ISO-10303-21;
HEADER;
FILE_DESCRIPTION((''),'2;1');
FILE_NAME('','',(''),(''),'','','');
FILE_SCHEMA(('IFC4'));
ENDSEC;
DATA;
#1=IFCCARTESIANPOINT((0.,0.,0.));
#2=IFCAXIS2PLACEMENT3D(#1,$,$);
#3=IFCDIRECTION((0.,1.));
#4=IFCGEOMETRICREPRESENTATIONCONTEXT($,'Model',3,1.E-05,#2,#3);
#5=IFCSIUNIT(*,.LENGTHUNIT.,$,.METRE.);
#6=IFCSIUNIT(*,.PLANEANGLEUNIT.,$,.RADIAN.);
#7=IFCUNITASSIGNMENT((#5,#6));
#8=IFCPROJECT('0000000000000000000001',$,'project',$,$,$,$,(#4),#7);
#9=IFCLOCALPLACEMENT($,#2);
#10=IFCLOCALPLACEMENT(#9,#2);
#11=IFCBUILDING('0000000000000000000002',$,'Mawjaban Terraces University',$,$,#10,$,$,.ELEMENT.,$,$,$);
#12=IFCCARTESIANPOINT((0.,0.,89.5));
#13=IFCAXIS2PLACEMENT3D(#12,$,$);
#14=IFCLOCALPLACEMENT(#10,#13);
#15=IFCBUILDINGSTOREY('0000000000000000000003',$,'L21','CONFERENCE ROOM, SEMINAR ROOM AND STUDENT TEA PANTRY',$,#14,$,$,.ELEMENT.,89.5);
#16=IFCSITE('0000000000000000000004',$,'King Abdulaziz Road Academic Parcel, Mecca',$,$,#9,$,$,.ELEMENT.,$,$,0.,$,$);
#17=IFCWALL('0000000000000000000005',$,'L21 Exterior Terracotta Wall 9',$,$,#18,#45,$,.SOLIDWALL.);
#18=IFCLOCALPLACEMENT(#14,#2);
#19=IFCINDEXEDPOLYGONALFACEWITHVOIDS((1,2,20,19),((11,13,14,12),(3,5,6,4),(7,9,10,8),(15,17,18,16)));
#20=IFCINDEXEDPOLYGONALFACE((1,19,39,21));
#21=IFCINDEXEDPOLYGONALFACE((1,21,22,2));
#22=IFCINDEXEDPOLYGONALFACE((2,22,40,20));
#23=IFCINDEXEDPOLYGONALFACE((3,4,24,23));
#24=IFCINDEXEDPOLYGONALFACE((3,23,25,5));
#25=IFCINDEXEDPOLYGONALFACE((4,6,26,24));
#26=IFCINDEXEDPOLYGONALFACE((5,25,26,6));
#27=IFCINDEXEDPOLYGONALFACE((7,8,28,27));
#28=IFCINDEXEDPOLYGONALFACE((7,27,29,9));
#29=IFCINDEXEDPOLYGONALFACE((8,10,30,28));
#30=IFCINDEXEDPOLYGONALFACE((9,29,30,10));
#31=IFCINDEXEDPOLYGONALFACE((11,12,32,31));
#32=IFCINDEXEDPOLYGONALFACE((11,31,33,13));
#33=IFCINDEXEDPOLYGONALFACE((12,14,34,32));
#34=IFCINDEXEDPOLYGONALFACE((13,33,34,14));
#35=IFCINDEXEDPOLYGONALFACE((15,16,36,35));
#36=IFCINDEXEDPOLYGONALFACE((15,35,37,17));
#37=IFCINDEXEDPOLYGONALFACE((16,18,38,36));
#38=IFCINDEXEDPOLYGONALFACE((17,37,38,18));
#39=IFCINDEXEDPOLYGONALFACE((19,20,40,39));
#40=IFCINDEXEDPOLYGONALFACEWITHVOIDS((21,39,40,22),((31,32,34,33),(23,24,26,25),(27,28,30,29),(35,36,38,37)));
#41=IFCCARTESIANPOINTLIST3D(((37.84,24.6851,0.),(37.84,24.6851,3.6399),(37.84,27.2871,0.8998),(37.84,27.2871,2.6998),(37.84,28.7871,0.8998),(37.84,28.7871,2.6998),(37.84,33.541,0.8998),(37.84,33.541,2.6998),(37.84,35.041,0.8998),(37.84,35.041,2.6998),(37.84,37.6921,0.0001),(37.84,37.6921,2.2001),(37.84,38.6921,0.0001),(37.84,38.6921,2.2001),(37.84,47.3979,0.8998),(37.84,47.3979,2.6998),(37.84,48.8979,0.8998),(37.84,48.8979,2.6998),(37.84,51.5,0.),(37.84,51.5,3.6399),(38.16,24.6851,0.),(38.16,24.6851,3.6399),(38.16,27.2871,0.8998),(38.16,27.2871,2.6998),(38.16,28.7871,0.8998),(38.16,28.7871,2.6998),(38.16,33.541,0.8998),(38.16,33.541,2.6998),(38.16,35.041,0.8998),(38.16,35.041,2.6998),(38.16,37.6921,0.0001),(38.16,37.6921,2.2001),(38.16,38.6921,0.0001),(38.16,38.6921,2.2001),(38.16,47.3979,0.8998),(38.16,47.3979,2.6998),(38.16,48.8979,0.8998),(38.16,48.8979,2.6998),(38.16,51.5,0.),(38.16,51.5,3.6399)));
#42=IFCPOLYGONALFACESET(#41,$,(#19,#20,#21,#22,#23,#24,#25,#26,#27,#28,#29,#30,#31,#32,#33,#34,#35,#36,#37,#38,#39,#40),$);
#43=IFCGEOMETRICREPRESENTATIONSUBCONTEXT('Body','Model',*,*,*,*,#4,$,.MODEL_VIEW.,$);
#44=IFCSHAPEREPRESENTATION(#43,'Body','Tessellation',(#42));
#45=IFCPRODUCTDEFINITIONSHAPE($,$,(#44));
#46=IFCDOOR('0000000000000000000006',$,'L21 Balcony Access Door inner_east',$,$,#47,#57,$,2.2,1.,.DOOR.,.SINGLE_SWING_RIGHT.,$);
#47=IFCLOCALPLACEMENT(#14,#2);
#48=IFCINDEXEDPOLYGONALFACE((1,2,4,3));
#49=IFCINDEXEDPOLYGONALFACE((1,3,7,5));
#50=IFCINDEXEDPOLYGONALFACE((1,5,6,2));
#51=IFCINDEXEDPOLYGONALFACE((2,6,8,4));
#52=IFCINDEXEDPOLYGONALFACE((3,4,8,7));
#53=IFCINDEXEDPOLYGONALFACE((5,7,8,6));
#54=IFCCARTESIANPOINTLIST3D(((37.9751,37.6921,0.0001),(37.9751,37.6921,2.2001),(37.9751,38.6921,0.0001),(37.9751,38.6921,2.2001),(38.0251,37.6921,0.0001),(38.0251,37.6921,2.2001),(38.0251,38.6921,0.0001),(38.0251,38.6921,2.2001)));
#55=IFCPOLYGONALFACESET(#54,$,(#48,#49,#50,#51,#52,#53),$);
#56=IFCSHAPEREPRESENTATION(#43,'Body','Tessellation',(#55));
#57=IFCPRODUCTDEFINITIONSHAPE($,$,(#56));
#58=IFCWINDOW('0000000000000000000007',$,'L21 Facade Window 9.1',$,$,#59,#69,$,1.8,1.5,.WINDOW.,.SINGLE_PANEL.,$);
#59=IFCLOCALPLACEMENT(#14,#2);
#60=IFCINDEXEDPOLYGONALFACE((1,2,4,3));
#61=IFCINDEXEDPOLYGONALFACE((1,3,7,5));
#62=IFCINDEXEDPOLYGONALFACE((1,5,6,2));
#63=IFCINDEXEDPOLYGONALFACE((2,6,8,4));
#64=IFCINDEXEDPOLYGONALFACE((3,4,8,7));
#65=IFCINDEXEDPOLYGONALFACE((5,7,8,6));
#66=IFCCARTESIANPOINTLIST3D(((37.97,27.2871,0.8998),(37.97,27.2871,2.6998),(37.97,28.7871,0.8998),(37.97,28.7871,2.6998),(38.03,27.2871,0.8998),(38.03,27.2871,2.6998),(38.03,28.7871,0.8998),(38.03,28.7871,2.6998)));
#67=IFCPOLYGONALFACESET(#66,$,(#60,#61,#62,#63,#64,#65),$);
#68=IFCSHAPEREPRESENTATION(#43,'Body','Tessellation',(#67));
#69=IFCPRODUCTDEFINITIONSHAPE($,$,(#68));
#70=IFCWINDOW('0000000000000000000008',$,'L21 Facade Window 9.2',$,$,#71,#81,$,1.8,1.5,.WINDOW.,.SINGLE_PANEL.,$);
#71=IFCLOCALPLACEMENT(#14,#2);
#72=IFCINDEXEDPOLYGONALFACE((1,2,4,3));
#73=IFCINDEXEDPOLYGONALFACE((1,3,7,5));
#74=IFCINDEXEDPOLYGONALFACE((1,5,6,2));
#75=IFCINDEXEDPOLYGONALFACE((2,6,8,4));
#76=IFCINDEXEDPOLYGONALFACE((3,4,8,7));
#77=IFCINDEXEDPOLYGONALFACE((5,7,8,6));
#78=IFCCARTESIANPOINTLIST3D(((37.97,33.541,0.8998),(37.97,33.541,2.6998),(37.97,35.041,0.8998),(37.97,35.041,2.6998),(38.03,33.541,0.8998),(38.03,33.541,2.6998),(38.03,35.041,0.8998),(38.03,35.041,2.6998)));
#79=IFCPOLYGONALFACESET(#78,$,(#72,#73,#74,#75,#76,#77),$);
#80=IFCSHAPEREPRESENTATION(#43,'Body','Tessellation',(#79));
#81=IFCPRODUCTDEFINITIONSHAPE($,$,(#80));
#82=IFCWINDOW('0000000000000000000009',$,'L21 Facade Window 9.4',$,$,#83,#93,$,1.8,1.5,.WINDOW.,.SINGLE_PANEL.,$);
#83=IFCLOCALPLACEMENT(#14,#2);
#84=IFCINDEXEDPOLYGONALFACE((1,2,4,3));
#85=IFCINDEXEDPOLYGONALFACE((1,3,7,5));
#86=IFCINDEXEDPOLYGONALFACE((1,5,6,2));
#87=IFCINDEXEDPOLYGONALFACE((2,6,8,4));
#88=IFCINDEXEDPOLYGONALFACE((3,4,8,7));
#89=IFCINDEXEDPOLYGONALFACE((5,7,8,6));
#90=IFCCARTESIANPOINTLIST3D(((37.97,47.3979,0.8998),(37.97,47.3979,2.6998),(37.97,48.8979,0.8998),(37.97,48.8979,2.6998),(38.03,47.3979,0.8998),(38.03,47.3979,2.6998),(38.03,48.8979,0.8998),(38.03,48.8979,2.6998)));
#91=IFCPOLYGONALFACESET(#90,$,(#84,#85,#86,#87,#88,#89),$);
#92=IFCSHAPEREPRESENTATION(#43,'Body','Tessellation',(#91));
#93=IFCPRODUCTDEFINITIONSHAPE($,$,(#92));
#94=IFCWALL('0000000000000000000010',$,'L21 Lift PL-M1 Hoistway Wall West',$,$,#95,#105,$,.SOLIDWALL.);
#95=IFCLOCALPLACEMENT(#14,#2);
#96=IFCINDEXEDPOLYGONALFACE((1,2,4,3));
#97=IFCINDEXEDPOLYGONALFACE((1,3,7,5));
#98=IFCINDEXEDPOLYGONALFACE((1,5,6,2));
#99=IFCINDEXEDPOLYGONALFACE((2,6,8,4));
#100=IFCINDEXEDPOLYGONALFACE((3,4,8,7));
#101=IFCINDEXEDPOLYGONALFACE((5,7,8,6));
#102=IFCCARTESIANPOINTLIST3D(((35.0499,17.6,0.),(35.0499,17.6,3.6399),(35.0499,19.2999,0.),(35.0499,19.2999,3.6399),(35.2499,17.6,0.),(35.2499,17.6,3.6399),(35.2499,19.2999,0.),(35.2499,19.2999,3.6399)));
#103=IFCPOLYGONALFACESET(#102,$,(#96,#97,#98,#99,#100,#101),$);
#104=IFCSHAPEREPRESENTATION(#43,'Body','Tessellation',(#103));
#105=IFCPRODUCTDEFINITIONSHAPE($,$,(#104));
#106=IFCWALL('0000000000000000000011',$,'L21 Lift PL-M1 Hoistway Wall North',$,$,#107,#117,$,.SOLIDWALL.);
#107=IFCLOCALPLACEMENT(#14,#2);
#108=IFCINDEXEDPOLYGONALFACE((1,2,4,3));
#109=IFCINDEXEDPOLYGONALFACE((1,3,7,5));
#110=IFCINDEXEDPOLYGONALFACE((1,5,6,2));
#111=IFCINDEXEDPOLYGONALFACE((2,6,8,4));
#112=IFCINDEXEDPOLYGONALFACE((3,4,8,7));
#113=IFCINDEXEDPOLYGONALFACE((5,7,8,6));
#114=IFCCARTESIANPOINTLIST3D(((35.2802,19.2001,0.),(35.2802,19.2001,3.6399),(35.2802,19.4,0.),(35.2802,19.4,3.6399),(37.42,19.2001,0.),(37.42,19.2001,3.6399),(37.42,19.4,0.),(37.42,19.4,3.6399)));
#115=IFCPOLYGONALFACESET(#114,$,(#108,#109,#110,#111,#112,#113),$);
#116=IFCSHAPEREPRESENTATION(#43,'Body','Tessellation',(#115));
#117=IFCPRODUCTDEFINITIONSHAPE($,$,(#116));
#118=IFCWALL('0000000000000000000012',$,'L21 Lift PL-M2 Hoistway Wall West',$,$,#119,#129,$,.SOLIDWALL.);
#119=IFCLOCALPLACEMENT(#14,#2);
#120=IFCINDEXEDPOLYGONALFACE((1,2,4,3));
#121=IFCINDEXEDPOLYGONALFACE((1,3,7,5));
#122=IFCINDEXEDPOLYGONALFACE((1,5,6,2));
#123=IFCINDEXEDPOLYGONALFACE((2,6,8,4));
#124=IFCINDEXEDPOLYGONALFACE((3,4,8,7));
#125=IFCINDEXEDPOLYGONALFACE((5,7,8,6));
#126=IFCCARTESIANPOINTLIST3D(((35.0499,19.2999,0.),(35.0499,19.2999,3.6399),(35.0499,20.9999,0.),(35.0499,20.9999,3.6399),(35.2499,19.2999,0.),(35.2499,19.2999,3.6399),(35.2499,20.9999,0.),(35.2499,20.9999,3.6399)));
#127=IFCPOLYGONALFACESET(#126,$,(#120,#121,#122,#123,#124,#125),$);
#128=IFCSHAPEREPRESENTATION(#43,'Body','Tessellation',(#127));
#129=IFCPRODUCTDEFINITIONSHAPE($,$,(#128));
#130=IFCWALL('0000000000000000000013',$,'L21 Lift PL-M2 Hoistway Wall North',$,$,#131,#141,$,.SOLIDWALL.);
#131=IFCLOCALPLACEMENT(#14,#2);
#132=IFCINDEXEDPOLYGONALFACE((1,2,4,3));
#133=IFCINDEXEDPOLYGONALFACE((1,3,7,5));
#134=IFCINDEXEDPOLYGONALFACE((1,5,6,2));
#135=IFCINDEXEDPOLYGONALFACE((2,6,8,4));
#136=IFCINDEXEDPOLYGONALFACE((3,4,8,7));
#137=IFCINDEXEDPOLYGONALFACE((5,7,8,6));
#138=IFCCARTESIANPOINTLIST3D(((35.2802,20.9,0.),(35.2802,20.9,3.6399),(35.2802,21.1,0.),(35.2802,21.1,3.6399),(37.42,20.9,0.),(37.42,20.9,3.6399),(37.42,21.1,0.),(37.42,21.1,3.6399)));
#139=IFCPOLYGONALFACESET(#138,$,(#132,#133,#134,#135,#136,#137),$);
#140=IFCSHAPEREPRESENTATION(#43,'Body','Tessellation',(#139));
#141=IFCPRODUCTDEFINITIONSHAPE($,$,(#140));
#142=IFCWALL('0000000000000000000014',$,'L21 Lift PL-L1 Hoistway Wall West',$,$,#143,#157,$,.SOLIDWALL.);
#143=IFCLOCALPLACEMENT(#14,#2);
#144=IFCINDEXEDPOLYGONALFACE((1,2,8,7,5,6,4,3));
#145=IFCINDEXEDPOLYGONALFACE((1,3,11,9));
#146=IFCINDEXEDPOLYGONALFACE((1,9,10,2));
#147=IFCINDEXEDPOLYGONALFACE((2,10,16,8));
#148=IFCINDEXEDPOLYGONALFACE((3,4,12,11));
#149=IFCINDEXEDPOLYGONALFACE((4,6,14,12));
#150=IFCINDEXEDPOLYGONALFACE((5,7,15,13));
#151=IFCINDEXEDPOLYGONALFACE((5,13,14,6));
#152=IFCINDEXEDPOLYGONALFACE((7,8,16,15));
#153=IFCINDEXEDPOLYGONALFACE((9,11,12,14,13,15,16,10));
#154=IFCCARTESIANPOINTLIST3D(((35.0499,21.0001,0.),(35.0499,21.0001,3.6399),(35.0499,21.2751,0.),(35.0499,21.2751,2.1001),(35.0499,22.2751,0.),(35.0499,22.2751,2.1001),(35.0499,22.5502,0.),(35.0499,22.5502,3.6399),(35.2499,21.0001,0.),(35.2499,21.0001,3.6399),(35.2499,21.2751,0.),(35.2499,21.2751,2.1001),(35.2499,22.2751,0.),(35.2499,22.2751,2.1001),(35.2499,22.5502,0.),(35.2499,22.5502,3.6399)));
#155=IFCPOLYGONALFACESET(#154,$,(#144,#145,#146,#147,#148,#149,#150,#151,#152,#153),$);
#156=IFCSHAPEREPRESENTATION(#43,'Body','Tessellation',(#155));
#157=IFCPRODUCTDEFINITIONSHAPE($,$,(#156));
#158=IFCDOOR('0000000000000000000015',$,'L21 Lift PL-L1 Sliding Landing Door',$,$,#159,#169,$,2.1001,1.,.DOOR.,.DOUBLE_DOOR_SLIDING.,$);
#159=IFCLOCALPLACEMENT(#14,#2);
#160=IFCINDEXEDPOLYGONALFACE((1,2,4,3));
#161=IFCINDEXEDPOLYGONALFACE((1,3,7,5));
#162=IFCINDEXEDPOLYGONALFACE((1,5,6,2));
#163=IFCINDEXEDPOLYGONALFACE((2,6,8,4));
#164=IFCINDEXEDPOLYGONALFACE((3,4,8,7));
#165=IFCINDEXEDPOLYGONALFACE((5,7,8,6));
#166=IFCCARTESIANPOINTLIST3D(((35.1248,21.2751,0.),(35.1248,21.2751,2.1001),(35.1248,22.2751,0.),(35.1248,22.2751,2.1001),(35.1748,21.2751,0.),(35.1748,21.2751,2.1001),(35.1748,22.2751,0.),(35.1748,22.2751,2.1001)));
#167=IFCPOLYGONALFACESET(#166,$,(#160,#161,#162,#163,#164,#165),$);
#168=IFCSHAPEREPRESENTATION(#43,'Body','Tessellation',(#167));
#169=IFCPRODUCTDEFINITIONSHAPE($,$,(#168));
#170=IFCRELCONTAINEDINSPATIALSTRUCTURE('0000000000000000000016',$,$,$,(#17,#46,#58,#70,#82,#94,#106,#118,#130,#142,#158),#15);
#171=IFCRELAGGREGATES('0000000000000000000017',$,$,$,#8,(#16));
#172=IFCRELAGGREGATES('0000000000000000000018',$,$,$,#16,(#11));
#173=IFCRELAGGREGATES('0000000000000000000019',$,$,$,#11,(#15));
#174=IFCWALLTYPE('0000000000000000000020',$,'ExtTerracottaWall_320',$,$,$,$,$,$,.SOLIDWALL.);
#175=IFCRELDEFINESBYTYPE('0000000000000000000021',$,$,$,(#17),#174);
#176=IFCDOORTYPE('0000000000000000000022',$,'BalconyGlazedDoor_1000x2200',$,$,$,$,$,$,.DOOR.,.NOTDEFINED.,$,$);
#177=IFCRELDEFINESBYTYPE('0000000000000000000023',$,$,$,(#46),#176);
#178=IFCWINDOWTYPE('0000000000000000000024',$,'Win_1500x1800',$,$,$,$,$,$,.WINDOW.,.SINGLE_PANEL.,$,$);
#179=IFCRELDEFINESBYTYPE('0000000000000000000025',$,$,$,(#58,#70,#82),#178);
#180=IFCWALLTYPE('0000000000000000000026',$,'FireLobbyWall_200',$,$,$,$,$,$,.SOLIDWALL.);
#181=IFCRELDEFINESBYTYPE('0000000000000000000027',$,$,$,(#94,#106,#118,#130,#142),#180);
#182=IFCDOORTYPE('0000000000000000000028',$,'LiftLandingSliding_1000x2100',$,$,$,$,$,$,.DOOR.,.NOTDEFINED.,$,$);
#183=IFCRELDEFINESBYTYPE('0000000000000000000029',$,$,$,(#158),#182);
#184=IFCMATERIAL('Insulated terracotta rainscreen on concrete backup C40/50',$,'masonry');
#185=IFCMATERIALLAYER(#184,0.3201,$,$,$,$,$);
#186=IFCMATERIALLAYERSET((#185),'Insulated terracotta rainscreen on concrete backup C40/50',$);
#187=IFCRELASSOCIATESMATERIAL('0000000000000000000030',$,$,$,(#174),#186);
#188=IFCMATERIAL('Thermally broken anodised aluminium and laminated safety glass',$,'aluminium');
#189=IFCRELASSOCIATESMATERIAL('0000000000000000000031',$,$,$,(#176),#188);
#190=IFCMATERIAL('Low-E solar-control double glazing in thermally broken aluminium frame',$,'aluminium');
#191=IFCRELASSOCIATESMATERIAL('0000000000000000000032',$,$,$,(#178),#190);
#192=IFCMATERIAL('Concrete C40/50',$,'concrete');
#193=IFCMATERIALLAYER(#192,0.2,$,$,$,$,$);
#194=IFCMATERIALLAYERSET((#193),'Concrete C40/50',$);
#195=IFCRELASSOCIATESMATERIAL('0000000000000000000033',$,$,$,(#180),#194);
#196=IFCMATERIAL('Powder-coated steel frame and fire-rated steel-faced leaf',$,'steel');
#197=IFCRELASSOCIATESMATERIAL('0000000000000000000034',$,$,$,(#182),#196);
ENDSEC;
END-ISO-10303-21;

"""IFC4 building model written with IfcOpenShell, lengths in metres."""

from ifc_helpers import new_model, si_unit, direction, frame, frame_2d, origin, place, context, subcontext, project, spatial, rectangle, extrude, material, layer, layer_set, type_object, element, fill, save


model = new_model("IFC4")

# Units and contexts
model_context = context("Model", 3, precision=1e-05, world=origin(), true_north=direction((0.0, 1.0)))
body_context = subcontext(model_context, "Body", "Model", "MODEL_VIEW")
ifc_project = project(units=[si_unit("LENGTHUNIT", "METRE"), si_unit("PLANEANGLEUNIT", "RADIAN")], contexts=[model_context])

# Site, building, storey
site_placement = place(None, origin())
site = spatial("IfcSite", under=ifc_project, at=site_placement, Name="King Abdulaziz Road Academic Parcel, Mecca", CompositionType="ELEMENT", RefElevation=0.0)
building_placement = place(site_placement, origin())
building = spatial("IfcBuilding", under=site, at=building_placement, Name="Mawjaban Terraces University", CompositionType="ELEMENT")
storey_placement = place(building_placement, frame((0.0, 0.0, 89.5)))
storey = spatial("IfcBuildingStorey", under=building, at=storey_placement, Name="L21", Description="CONFERENCE ROOM, SEMINAR ROOM AND STUDENT TEA PANTRY", CompositionType="ELEMENT", Elevation=89.5)

# Shared definitions
ifc_material_1 = material(Name="Insulated terracotta rainscreen on concrete backup C40/50", Category="masonry")
ifc_layer_1 = layer(ifc_material_1, 0.3201)
ifc_layer_set_1 = layer_set([ifc_layer_1], Name="Insulated terracotta rainscreen on concrete backup C40/50")
wall_type_1 = type_object("IfcWallType", Name="ExtTerracottaWall_320", PredefinedType="SOLIDWALL", material=ifc_layer_set_1)

# Shared definitions
ifc_material_2 = material(Name="Low-E solar-control double glazing in thermally broken aluminium frame", Category="aluminium")

# Wall, openings, door, windows
wall_1_placement = place(storey_placement, frame((38.0, 24.6851, 0.0), z_axis=(0.0, 0.0, 1.0), x_axis=(0.0, 1.0, 0.0)))
wall_1 = element("IfcWall", 1, at=wall_1_placement, inside=storey, type_object=wall_type_1, Name="L21 Exterior Terracotta Wall 9", PredefinedType="SOLIDWALL", context=body_context, shape_type="SweptSolid", body=[
    extrude(rectangle(XDim=26.8149, YDim=0.3201, at=frame_2d((13.4075, 0.0))), origin(), (0.0, 0.0, 1.0), 3.6399),
])
opening_1_placement = place(wall_1_placement, frame((13.0071, 0.0, 0.0)))
opening_1 = element("IfcOpeningElement", 2, at=opening_1_placement, cuts=wall_1, PredefinedType="OPENING", context=body_context, shape_type="SweptSolid", body=[
    extrude(rectangle(XDim=1.0, YDim=2.2, at=frame_2d((0.5, 1.1001))), frame((0.0, 0.1699, 0.0), z_axis=(0.0, -1.0, 0.0), x_axis=(1.0, 0.0, 0.0)), (0.0, 0.0, 1.0), 0.3401),
])
opening_2_placement = place(wall_1_placement, frame((2.6021, 0.0, 0.8999)))
opening_2 = element("IfcOpeningElement", 3, at=opening_2_placement, cuts=wall_1, PredefinedType="OPENING", context=body_context, shape_type="SweptSolid", body=[
    extrude(rectangle(XDim=1.5, YDim=1.8, at=frame_2d((0.75, 0.8999))), frame((0.0, 0.1699, 0.0), z_axis=(0.0, -1.0, 0.0), x_axis=(1.0, 0.0, 0.0)), (0.0, 0.0, 1.0), 0.3401),
])
opening_3_placement = place(wall_1_placement, frame((8.856, 0.0, 0.8999)))
opening_3 = element("IfcOpeningElement", 4, at=opening_3_placement, cuts=wall_1, PredefinedType="OPENING", context=body_context, shape_type="SweptSolid", body=[
    extrude(rectangle(XDim=1.5, YDim=1.8, at=frame_2d((0.75, 0.8999))), frame((0.0, 0.1699, 0.0), z_axis=(0.0, -1.0, 0.0), x_axis=(1.0, 0.0, 0.0)), (0.0, 0.0, 1.0), 0.3401),
])
opening_4_placement = place(wall_1_placement, frame((22.7129, 0.0, 0.8999)))
opening_4 = element("IfcOpeningElement", 5, at=opening_4_placement, cuts=wall_1, PredefinedType="OPENING", context=body_context, shape_type="SweptSolid", body=[
    extrude(rectangle(XDim=1.5, YDim=1.8, at=frame_2d((0.75, 0.8999))), frame((0.0, 0.1699, 0.0), z_axis=(0.0, -1.0, 0.0), x_axis=(1.0, 0.0, 0.0)), (0.0, 0.0, 1.0), 0.3401),
])
ifc_material_3 = material(Name="Thermally broken anodised aluminium and laminated safety glass", Category="aluminium")
door_type_1 = type_object("IfcDoorType", Name="BalconyGlazedDoor_1000x2200", OperationType="NOTDEFINED", PredefinedType="DOOR", material=ifc_material_3)
door_1_placement = place(opening_1_placement, origin())
door_1 = element("IfcDoor", 6, at=door_1_placement, inside=storey, type_object=door_type_1, Name="L21 Balcony Access Door inner_east", OperationType="SINGLE_SWING_RIGHT", OverallHeight=2.2, OverallWidth=1.0, PredefinedType="DOOR", context=body_context, shape_type="SweptSolid", body=[
    extrude(rectangle(XDim=1.0, YDim=2.2, at=frame_2d((0.5, 1.1001))), frame((0.0, 0.0249, 0.0), z_axis=(0.0, -1.0, 0.0), x_axis=(1.0, 0.0, 0.0)), (0.0, 0.0, 1.0), 0.05),
])
fill(opening_1, door_1)
window_type_1 = type_object("IfcWindowType", Name="Win_1500x1800", PartitioningType="SINGLE_PANEL", PredefinedType="WINDOW", material=ifc_material_2)
window_1_placement = place(opening_2_placement, origin())
window_1 = element("IfcWindow", 7, at=window_1_placement, inside=storey, type_object=window_type_1, Name="L21 Facade Window 9.1", OverallHeight=1.8, OverallWidth=1.5, PartitioningType="SINGLE_PANEL", PredefinedType="WINDOW", context=body_context, shape_type="SweptSolid", body=[
    extrude(rectangle(XDim=1.5, YDim=1.8, at=frame_2d((0.75, 0.8999))), frame((0.0, 0.03, 0.0), z_axis=(0.0, -1.0, 0.0), x_axis=(1.0, 0.0, 0.0)), (0.0, 0.0, 1.0), 0.0601),
])
fill(opening_2, window_1)
window_2_placement = place(opening_3_placement, origin())
window_2 = element("IfcWindow", 8, at=window_2_placement, inside=storey, type_object=window_type_1, Name="L21 Facade Window 9.2", OverallHeight=1.8, OverallWidth=1.5, PartitioningType="SINGLE_PANEL", PredefinedType="WINDOW", context=body_context, shape_type="SweptSolid", body=[
    extrude(rectangle(XDim=1.5, YDim=1.8, at=frame_2d((0.75, 0.8999))), frame((0.0, 0.03, 0.0), z_axis=(0.0, -1.0, 0.0), x_axis=(1.0, 0.0, 0.0)), (0.0, 0.0, 1.0), 0.0601),
])
fill(opening_3, window_2)
window_3_placement = place(opening_4_placement, origin())
window_3 = element("IfcWindow", 9, at=window_3_placement, inside=storey, type_object=window_type_1, Name="L21 Facade Window 9.4", OverallHeight=1.8, OverallWidth=1.5, PartitioningType="SINGLE_PANEL", PredefinedType="WINDOW", context=body_context, shape_type="SweptSolid", body=[
    extrude(rectangle(XDim=1.5, YDim=1.8, at=frame_2d((0.75, 0.8999))), frame((0.0, 0.03, 0.0), z_axis=(0.0, -1.0, 0.0), x_axis=(1.0, 0.0, 0.0)), (0.0, 0.0, 1.0), 0.0601),
])
fill(opening_4, window_3)

# Walls
ifc_material_4 = material(Name="Concrete C40/50", Category="concrete")
ifc_layer_2 = layer(ifc_material_4, 0.2)
ifc_layer_set_2 = layer_set([ifc_layer_2], Name="Concrete C40/50")
wall_type_2 = type_object("IfcWallType", Name="FireLobbyWall_200", PredefinedType="SOLIDWALL", material=ifc_layer_set_2)
wall_2_placement = place(storey_placement, frame((35.1499, 19.3, 0.0), z_axis=(0.0, 0.0, 1.0), x_axis=(0.0, -1.0, 0.0)))
element("IfcWall", 10, at=wall_2_placement, inside=storey, type_object=wall_type_2, Name="L21 Lift PL-M1 Hoistway Wall West", PredefinedType="SOLIDWALL", context=body_context, shape_type="SweptSolid", body=[
    extrude(rectangle(XDim=1.7, YDim=0.2, at=frame_2d((0.8501, 0.0))), origin(), (0.0, 0.0, 1.0), 3.6399),
])
wall_3_placement = place(storey_placement, frame((37.4199, 19.3, 0.0), z_axis=(0.0, 0.0, 1.0), x_axis=(-1.0, 0.0, 0.0)))
element("IfcWall", 11, at=wall_3_placement, inside=storey, type_object=wall_type_2, Name="L21 Lift PL-M1 Hoistway Wall North", PredefinedType="SOLIDWALL", context=body_context, shape_type="SweptSolid", body=[
    extrude(rectangle(XDim=2.1399, YDim=0.2, at=frame_2d((1.0698, 0.0))), origin(), (0.0, 0.0, 1.0), 3.6399),
])
wall_4_placement = place(storey_placement, frame((35.1499, 21.0, 0.0), z_axis=(0.0, 0.0, 1.0), x_axis=(0.0, -1.0, 0.0)))
element("IfcWall", 12, at=wall_4_placement, inside=storey, type_object=wall_type_2, Name="L21 Lift PL-M2 Hoistway Wall West", PredefinedType="SOLIDWALL", context=body_context, shape_type="SweptSolid", body=[
    extrude(rectangle(XDim=1.7, YDim=0.2, at=frame_2d((0.8501, 0.0))), origin(), (0.0, 0.0, 1.0), 3.6399),
])
wall_5_placement = place(storey_placement, frame((37.4199, 21.0, 0.0), z_axis=(0.0, 0.0, 1.0), x_axis=(-1.0, 0.0, 0.0)))
element("IfcWall", 13, at=wall_5_placement, inside=storey, type_object=wall_type_2, Name="L21 Lift PL-M2 Hoistway Wall North", PredefinedType="SOLIDWALL", context=body_context, shape_type="SweptSolid", body=[
    extrude(rectangle(XDim=2.1399, YDim=0.2, at=frame_2d((1.0698, 0.0))), origin(), (0.0, 0.0, 1.0), 3.6399),
])

# Wall, opening, door
wall_6_placement = place(storey_placement, frame((35.1499, 22.55, 0.0), z_axis=(0.0, 0.0, 1.0), x_axis=(0.0, -1.0, 0.0)))
wall_6 = element("IfcWall", 14, at=wall_6_placement, inside=storey, type_object=wall_type_2, Name="L21 Lift PL-L1 Hoistway Wall West", PredefinedType="SOLIDWALL", context=body_context, shape_type="SweptSolid", body=[
    extrude(rectangle(XDim=1.55, YDim=0.2, at=frame_2d((0.7749, 0.0))), origin(), (0.0, 0.0, 1.0), 3.6399),
])
opening_5_placement = place(wall_6_placement, frame((0.2749, 0.0, 0.0)))
opening_5 = element("IfcOpeningElement", 15, at=opening_5_placement, cuts=wall_6, PredefinedType="OPENING", context=body_context, shape_type="SweptSolid", body=[
    extrude(rectangle(XDim=1.0, YDim=2.1001, at=frame_2d((0.5, 1.05))), frame((0.0, 0.1099, 0.0), z_axis=(0.0, -1.0, 0.0), x_axis=(1.0, 0.0, 0.0)), (0.0, 0.0, 1.0), 0.22),
])
ifc_material_5 = material(Name="Powder-coated steel frame and fire-rated steel-faced leaf", Category="steel")
door_type_2 = type_object("IfcDoorType", Name="LiftLandingSliding_1000x2100", OperationType="NOTDEFINED", PredefinedType="DOOR", material=ifc_material_5)
door_2_placement = place(opening_5_placement, origin())
door_2 = element("IfcDoor", 16, at=door_2_placement, inside=storey, type_object=door_type_2, Name="L21 Lift PL-L1 Sliding Landing Door", OperationType="DOUBLE_DOOR_SLIDING", OverallHeight=2.1001, OverallWidth=1.0, PredefinedType="DOOR", context=body_context, shape_type="SweptSolid", body=[
    extrude(rectangle(XDim=1.0, YDim=2.1001, at=frame_2d((0.5, 1.05))), frame((0.0, 0.0249, 0.0), z_axis=(0.0, -1.0, 0.0), x_axis=(1.0, 0.0, 0.0)), (0.0, 0.0, 1.0), 0.05),
])
fill(opening_5, door_2)

save(model, "model.ifc")
